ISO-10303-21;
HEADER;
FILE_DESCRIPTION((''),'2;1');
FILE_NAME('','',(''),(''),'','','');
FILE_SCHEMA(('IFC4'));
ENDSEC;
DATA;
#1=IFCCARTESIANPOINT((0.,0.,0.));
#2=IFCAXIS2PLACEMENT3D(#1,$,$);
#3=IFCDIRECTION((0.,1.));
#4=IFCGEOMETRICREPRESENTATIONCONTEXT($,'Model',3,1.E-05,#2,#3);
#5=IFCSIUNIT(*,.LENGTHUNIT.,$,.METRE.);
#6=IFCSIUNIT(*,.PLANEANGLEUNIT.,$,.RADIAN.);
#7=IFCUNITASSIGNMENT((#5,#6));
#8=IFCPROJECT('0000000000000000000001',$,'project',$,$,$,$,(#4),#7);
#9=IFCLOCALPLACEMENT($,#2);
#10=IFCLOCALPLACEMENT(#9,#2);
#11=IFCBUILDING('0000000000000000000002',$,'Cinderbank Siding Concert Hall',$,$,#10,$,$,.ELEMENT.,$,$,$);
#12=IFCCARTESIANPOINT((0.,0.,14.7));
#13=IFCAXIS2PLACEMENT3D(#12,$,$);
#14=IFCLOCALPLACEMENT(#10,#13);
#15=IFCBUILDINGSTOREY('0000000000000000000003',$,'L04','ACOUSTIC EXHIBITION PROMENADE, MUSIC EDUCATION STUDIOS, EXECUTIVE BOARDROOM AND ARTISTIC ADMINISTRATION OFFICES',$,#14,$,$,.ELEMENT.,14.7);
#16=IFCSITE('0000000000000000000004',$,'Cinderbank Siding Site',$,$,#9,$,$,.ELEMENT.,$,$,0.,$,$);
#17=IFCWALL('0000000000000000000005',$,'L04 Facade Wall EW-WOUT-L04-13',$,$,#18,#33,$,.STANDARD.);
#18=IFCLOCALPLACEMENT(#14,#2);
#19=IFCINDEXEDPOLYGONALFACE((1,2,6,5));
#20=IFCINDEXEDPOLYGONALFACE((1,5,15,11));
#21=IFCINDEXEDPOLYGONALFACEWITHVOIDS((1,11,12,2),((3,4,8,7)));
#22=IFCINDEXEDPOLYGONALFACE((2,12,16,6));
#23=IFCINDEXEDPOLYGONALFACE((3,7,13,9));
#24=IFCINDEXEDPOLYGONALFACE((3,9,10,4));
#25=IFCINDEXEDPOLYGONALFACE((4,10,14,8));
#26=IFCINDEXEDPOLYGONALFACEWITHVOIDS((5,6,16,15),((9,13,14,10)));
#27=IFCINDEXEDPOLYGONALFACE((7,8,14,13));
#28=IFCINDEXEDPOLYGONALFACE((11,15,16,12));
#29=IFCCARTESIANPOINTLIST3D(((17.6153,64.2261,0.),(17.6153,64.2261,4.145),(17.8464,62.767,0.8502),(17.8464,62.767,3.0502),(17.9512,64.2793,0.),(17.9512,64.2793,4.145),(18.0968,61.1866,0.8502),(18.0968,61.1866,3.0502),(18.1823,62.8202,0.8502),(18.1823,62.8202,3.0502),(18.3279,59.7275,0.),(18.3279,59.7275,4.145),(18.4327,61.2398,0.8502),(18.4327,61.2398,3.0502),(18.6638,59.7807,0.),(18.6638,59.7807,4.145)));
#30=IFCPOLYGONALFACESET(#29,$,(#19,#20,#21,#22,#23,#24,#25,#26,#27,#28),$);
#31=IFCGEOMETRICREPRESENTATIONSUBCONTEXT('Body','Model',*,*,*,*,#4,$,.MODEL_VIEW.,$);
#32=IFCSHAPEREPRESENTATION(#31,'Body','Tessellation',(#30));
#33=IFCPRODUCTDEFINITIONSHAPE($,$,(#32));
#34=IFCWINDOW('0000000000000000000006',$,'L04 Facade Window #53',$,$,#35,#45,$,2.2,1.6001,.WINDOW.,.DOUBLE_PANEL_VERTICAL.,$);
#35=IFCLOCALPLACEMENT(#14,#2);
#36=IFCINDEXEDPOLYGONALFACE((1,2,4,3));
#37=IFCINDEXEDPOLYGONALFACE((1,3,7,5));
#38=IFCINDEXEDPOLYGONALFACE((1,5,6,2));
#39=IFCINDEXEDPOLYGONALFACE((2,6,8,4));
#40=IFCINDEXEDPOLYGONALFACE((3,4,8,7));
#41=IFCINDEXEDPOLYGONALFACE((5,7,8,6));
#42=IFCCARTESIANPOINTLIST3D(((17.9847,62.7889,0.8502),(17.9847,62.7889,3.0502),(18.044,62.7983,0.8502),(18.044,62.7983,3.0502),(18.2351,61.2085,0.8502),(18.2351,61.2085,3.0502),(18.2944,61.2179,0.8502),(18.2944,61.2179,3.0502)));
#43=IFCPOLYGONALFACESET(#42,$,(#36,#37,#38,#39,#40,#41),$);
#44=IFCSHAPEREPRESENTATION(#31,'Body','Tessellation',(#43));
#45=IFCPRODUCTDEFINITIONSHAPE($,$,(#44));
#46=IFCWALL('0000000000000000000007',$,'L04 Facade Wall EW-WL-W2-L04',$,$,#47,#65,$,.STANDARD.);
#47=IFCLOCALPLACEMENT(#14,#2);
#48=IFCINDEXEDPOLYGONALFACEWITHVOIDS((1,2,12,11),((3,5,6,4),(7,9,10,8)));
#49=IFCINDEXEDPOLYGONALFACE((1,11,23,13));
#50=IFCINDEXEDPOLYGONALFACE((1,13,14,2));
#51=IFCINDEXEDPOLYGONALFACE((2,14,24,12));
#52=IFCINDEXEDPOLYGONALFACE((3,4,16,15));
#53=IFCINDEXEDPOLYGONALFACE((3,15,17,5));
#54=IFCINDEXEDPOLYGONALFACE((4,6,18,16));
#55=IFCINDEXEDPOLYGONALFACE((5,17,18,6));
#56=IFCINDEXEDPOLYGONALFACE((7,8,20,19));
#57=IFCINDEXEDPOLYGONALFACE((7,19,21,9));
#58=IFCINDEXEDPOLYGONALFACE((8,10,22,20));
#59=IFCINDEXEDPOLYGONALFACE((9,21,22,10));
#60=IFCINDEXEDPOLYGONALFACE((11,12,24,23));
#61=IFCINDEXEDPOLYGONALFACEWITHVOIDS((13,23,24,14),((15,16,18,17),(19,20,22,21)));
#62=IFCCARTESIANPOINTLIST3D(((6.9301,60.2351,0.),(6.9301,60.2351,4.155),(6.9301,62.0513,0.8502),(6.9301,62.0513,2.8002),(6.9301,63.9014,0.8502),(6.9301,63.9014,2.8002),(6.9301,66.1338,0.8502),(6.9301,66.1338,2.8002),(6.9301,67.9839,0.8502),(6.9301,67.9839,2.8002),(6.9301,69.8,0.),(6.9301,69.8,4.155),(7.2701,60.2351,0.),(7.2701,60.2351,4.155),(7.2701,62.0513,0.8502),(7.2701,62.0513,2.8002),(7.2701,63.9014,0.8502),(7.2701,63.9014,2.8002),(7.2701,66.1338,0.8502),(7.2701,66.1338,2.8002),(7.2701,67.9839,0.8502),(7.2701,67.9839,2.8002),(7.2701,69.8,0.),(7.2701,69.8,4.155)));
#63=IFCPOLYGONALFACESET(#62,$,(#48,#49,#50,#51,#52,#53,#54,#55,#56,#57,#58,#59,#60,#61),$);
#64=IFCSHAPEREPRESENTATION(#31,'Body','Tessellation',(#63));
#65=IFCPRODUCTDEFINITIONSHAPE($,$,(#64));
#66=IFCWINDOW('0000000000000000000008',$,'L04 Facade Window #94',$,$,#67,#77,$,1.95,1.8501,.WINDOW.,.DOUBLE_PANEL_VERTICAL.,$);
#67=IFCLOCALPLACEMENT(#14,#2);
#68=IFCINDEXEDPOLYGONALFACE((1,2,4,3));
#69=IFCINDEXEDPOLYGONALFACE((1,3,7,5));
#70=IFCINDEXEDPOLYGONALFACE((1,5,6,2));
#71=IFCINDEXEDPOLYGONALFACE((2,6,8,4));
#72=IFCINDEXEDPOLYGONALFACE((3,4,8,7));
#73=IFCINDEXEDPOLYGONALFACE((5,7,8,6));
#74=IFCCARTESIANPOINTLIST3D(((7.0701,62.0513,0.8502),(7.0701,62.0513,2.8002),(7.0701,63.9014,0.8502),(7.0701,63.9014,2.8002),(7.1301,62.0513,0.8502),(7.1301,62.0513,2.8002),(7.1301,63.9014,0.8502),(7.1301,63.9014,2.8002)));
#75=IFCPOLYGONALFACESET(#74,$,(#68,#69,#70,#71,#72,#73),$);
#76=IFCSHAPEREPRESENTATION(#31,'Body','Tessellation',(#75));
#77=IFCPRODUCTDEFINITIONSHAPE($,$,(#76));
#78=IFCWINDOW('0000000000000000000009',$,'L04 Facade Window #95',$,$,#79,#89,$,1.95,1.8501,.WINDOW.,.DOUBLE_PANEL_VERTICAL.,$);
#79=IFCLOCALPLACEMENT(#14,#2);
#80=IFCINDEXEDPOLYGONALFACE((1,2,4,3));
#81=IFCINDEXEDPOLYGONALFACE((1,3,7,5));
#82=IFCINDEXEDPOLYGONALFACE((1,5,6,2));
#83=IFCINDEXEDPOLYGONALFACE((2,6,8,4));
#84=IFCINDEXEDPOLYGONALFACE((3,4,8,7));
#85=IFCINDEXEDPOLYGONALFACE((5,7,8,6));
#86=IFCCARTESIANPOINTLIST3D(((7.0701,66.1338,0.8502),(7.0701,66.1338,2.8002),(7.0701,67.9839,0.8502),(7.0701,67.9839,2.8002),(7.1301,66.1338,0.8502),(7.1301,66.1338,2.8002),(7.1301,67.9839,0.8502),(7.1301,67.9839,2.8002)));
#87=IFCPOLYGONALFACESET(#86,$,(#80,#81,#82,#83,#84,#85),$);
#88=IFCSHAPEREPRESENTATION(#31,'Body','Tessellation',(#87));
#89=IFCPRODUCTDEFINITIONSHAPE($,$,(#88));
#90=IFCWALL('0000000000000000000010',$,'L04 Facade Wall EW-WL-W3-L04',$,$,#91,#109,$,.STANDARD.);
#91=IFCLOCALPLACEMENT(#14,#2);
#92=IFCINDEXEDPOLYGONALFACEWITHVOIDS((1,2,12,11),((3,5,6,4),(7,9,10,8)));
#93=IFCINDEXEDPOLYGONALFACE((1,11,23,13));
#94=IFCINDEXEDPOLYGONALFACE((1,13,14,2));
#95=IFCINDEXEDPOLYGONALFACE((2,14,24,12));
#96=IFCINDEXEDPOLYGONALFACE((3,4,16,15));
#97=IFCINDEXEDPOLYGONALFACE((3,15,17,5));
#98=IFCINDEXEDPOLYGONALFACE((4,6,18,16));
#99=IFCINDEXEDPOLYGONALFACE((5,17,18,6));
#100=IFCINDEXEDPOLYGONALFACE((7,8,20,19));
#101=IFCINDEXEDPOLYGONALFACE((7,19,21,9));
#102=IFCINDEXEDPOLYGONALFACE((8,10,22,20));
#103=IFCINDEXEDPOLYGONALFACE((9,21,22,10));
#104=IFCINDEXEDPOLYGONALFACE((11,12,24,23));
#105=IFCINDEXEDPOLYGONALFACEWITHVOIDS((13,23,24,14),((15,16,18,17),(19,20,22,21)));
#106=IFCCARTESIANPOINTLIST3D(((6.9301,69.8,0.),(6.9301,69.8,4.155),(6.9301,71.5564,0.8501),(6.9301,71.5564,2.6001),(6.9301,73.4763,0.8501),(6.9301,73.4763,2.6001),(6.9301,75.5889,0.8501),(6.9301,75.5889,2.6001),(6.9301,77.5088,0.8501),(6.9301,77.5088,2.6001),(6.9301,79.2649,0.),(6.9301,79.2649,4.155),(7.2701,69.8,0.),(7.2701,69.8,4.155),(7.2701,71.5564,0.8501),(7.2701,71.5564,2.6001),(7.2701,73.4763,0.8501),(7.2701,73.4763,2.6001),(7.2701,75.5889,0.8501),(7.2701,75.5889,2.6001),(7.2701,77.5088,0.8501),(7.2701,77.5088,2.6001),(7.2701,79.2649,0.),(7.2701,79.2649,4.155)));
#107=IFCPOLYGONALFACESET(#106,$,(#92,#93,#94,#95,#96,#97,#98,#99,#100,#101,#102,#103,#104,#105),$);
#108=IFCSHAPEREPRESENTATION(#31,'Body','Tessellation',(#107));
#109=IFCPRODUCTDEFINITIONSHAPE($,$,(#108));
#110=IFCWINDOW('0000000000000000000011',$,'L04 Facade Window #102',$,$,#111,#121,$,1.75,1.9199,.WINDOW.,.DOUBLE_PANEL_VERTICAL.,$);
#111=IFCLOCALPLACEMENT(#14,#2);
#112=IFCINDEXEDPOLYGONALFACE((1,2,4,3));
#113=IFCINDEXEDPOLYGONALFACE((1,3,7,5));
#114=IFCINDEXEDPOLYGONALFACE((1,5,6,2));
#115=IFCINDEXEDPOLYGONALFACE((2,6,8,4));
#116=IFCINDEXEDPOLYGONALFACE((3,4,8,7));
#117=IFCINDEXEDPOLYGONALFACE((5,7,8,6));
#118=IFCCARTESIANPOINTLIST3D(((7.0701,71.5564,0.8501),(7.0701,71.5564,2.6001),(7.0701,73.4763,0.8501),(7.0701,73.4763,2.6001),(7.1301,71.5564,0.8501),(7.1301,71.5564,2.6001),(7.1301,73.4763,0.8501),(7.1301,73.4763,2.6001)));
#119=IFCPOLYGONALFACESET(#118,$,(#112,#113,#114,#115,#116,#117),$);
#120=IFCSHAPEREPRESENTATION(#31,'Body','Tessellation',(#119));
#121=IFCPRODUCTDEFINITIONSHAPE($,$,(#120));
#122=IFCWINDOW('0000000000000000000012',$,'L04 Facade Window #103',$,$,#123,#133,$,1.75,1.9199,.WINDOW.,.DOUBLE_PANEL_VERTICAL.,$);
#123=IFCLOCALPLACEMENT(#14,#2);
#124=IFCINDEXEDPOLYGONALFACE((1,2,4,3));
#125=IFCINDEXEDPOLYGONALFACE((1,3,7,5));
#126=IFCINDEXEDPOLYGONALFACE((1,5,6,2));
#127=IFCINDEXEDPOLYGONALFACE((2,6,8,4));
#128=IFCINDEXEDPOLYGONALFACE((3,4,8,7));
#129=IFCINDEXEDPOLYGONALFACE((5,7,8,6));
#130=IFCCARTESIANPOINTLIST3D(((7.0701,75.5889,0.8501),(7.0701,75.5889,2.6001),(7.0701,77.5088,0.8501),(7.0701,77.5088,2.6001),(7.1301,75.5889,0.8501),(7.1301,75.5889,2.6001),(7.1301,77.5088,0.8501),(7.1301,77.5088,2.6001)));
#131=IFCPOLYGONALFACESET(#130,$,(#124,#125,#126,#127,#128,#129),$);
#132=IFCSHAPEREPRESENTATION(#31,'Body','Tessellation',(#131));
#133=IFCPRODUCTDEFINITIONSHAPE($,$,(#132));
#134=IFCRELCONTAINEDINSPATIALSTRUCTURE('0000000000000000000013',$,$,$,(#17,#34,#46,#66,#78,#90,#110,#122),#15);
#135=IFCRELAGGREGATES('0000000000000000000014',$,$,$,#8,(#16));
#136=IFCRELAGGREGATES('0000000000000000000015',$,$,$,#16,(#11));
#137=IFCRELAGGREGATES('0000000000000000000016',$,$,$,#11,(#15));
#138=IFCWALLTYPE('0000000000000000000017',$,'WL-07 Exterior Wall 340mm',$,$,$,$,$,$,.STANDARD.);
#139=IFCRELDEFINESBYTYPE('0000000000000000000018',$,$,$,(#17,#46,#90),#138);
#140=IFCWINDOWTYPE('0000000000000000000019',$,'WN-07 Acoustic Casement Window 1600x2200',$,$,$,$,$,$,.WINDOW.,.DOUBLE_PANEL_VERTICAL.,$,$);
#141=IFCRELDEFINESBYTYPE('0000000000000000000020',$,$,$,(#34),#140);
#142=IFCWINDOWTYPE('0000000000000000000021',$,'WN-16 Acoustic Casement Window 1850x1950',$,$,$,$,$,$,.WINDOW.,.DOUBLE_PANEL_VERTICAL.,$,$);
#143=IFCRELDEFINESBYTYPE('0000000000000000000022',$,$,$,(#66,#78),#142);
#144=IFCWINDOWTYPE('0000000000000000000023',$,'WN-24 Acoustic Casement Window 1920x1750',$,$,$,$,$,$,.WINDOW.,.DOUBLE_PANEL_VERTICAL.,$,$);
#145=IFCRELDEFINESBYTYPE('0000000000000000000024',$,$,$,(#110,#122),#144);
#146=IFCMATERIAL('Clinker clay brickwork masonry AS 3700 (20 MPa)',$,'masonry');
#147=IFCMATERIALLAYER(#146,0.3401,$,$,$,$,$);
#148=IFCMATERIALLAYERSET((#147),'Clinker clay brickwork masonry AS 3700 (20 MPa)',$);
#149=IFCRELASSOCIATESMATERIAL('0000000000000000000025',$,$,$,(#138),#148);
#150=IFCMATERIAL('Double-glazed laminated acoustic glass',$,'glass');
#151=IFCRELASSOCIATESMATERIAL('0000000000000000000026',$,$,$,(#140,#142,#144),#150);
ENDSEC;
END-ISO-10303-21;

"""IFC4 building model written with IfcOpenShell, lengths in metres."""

from ifc_helpers import new_model, si_unit, direction, frame, frame_2d, origin, place, context, subcontext, project, spatial, rectangle, extrude, material, layer, layer_set, type_object, element, fill, save


model = new_model("IFC4")

# Units and contexts
model_context = context("Model", 3, precision=1e-05, world=origin(), true_north=direction((0.0, 1.0)))
body_context = subcontext(model_context, "Body", "Model", "MODEL_VIEW")
ifc_project = project(units=[si_unit("LENGTHUNIT", "METRE"), si_unit("PLANEANGLEUNIT", "RADIAN")], contexts=[model_context])

# Site, building, storey
site_placement = place(None, origin())
site = spatial("IfcSite", under=ifc_project, at=site_placement, Name="Cinderbank Siding Site", CompositionType="ELEMENT", RefElevation=0.0)
building_placement = place(site_placement, origin())
building = spatial("IfcBuilding", under=site, at=building_placement, Name="Cinderbank Siding Concert Hall", CompositionType="ELEMENT")
storey_placement = place(building_placement, frame((0.0, 0.0, 14.7)))
storey = spatial("IfcBuildingStorey", under=building, at=storey_placement, Name="L04", Description="ACOUSTIC EXHIBITION PROMENADE, MUSIC EDUCATION STUDIOS, EXECUTIVE BOARDROOM AND ARTISTIC ADMINISTRATION OFFICES", CompositionType="ELEMENT", Elevation=14.7)

# Wall, opening, window
ifc_material_1 = material(Name="Clinker clay brickwork masonry AS 3700 (20 MPa)", Category="masonry")
ifc_layer_1 = layer(ifc_material_1, 0.3401)
ifc_layer_set_1 = layer_set([ifc_layer_1], Name="Clinker clay brickwork masonry AS 3700 (20 MPa)")
wall_type_1 = type_object("IfcWallType", Name="WL-07 Exterior Wall 340mm", PredefinedType="STANDARD", material=ifc_layer_set_1)
ifc_material_2 = material(Name="Double-glazed laminated acoustic glass", Category="glass")
wall_1_placement = place(storey_placement, frame((17.7832, 64.2527, 0.0), z_axis=(0.0, 0.0, 1.0), x_axis=(0.156466, -0.987683, 0.0)))
wall_1 = element("IfcWall", 1, at=wall_1_placement, inside=storey, type_object=wall_type_1, Name="L04 Facade Wall EW-WOUT-L04-13", PredefinedType="STANDARD", context=body_context, shape_type="SweptSolid", body=[
    extrude(rectangle(XDim=4.5547, YDim=0.3401, at=frame_2d((2.2773, 0.0))), origin(), (0.0, 0.0, 1.0), 4.145),
])
opening_1_placement = place(wall_1_placement, frame((1.4773, 0.0, 0.8501)))
opening_1 = element("IfcOpeningElement", 2, at=opening_1_placement, cuts=wall_1, PredefinedType="OPENING", context=body_context, shape_type="SweptSolid", body=[
    extrude(rectangle(XDim=1.6001, YDim=2.2, at=frame_2d((0.8, 1.1001))), frame((0.0, 0.1821, 0.0), z_axis=(0.0, -1.0, 0.0), x_axis=(1.0, 0.0, 0.0)), (0.0, 0.0, 1.0), 0.364),
])
window_type_1 = type_object("IfcWindowType", Name="WN-07 Acoustic Casement Window 1600x2200", PartitioningType="DOUBLE_PANEL_VERTICAL", PredefinedType="WINDOW", material=ifc_material_2)
window_1_placement = place(opening_1_placement, origin())
window_1 = element("IfcWindow", 3, at=window_1_placement, inside=storey, type_object=window_type_1, Name="L04 Facade Window #53", OverallHeight=2.2, OverallWidth=1.6001, PartitioningType="DOUBLE_PANEL_VERTICAL", PredefinedType="WINDOW", context=body_context, shape_type="SweptSolid", body=[
    extrude(rectangle(XDim=1.6001, YDim=2.2, at=frame_2d((0.8, 1.1001))), frame((0.0, 0.03, 0.0), z_axis=(0.0, -1.0, 0.0), x_axis=(1.0, 0.0, 0.0)), (0.0, 0.0, 1.0), 0.0601),
])
fill(opening_1, window_1)

# Walls, openings, windows
wall_2_placement = place(storey_placement, frame((7.1001, 60.2351, 0.0), z_axis=(0.0, 0.0, 1.0), x_axis=(0.0, 1.0, 0.0)))
wall_2 = element("IfcWall", 4, at=wall_2_placement, inside=storey, type_object=wall_type_1, Name="L04 Facade Wall EW-WL-W2-L04", PredefinedType="STANDARD", context=body_context, shape_type="SweptSolid", body=[
    extrude(rectangle(XDim=9.5649, YDim=0.3401, at=frame_2d((4.7825, 0.0))), origin(), (0.0, 0.0, 1.0), 4.155),
])
opening_2_placement = place(wall_2_placement, frame((1.8162, 0.0, 0.8501)))
opening_2 = element("IfcOpeningElement", 5, at=opening_2_placement, cuts=wall_2, PredefinedType="OPENING", context=body_context, shape_type="SweptSolid", body=[
    extrude(rectangle(XDim=1.8501, YDim=1.95, at=frame_2d((0.925, 0.9751))), frame((0.0, 0.1821, 0.0), z_axis=(0.0, -1.0, 0.0), x_axis=(1.0, 0.0, 0.0)), (0.0, 0.0, 1.0), 0.364),
])
opening_3_placement = place(wall_2_placement, frame((5.8987, 0.0, 0.8501)))
opening_3 = element("IfcOpeningElement", 6, at=opening_3_placement, cuts=wall_2, PredefinedType="OPENING", context=body_context, shape_type="SweptSolid", body=[
    extrude(rectangle(XDim=1.8501, YDim=1.95, at=frame_2d((0.925, 0.9751))), frame((0.0, 0.1821, 0.0), z_axis=(0.0, -1.0, 0.0), x_axis=(1.0, 0.0, 0.0)), (0.0, 0.0, 1.0), 0.364),
])
window_type_2 = type_object("IfcWindowType", Name="WN-16 Acoustic Casement Window 1850x1950", PartitioningType="DOUBLE_PANEL_VERTICAL", PredefinedType="WINDOW", material=ifc_material_2)
window_2_placement = place(opening_2_placement, origin())
window_2 = element("IfcWindow", 7, at=window_2_placement, inside=storey, type_object=window_type_2, Name="L04 Facade Window #94", OverallHeight=1.95, OverallWidth=1.8501, PartitioningType="DOUBLE_PANEL_VERTICAL", PredefinedType="WINDOW", context=body_context, shape_type="SweptSolid", body=[
    extrude(rectangle(XDim=1.8501, YDim=1.95, at=frame_2d((0.925, 0.9751))), frame((0.0, 0.03, 0.0), z_axis=(0.0, -1.0, 0.0), x_axis=(1.0, 0.0, 0.0)), (0.0, 0.0, 1.0), 0.0601),
])
fill(opening_2, window_2)
window_3_placement = place(opening_3_placement, origin())
window_3 = element("IfcWindow", 8, at=window_3_placement, inside=storey, type_object=window_type_2, Name="L04 Facade Window #95", OverallHeight=1.95, OverallWidth=1.8501, PartitioningType="DOUBLE_PANEL_VERTICAL", PredefinedType="WINDOW", context=body_context, shape_type="SweptSolid", body=[
    extrude(rectangle(XDim=1.8501, YDim=1.95, at=frame_2d((0.925, 0.9751))), frame((0.0, 0.03, 0.0), z_axis=(0.0, -1.0, 0.0), x_axis=(1.0, 0.0, 0.0)), (0.0, 0.0, 1.0), 0.0601),
])
fill(opening_3, window_3)
wall_3_placement = place(storey_placement, frame((7.1001, 69.8, 0.0), z_axis=(0.0, 0.0, 1.0), x_axis=(0.0, 1.0, 0.0)))
wall_3 = element("IfcWall", 9, at=wall_3_placement, inside=storey, type_object=wall_type_1, Name="L04 Facade Wall EW-WL-W3-L04", PredefinedType="STANDARD", context=body_context, shape_type="SweptSolid", body=[
    extrude(rectangle(XDim=9.4648, YDim=0.3401, at=frame_2d((4.7324, 0.0))), origin(), (0.0, 0.0, 1.0), 4.155),
])
opening_4_placement = place(wall_3_placement, frame((1.7563, 0.0, 0.8501)))
opening_4 = element("IfcOpeningElement", 10, at=opening_4_placement, cuts=wall_3, PredefinedType="OPENING", context=body_context, shape_type="SweptSolid", body=[
    extrude(rectangle(XDim=1.9199, YDim=1.75, at=frame_2d((0.96, 0.875))), frame((0.0, 0.1821, 0.0), z_axis=(0.0, -1.0, 0.0), x_axis=(1.0, 0.0, 0.0)), (0.0, 0.0, 1.0), 0.364),
])
opening_5_placement = place(wall_3_placement, frame((5.7888, 0.0, 0.8501)))
opening_5 = element("IfcOpeningElement", 11, at=opening_5_placement, cuts=wall_3, PredefinedType="OPENING", context=body_context, shape_type="SweptSolid", body=[
    extrude(rectangle(XDim=1.9199, YDim=1.75, at=frame_2d((0.96, 0.875))), frame((0.0, 0.1821, 0.0), z_axis=(0.0, -1.0, 0.0), x_axis=(1.0, 0.0, 0.0)), (0.0, 0.0, 1.0), 0.364),
])
window_type_3 = type_object("IfcWindowType", Name="WN-24 Acoustic Casement Window 1920x1750", PartitioningType="DOUBLE_PANEL_VERTICAL", PredefinedType="WINDOW", material=ifc_material_2)
window_4_placement = place(opening_4_placement, origin())
window_4 = element("IfcWindow", 12, at=window_4_placement, inside=storey, type_object=window_type_3, Name="L04 Facade Window #102", OverallHeight=1.75, OverallWidth=1.9199, PartitioningType="DOUBLE_PANEL_VERTICAL", PredefinedType="WINDOW", context=body_context, shape_type="SweptSolid", body=[
    extrude(rectangle(XDim=1.9199, YDim=1.75, at=frame_2d((0.96, 0.875))), frame((0.0, 0.03, 0.0), z_axis=(0.0, -1.0, 0.0), x_axis=(1.0, 0.0, 0.0)), (0.0, 0.0, 1.0), 0.0601),
])
fill(opening_4, window_4)
window_5_placement = place(opening_5_placement, origin())
window_5 = element("IfcWindow", 13, at=window_5_placement, inside=storey, type_object=window_type_3, Name="L04 Facade Window #103", OverallHeight=1.75, OverallWidth=1.9199, PartitioningType="DOUBLE_PANEL_VERTICAL", PredefinedType="WINDOW", context=body_context, shape_type="SweptSolid", body=[
    extrude(rectangle(XDim=1.9199, YDim=1.75, at=frame_2d((0.96, 0.875))), frame((0.0, 0.03, 0.0), z_axis=(0.0, -1.0, 0.0), x_axis=(1.0, 0.0, 0.0)), (0.0, 0.0, 1.0), 0.0601),
])
fill(opening_5, window_5)

save(model, "model.ifc")
